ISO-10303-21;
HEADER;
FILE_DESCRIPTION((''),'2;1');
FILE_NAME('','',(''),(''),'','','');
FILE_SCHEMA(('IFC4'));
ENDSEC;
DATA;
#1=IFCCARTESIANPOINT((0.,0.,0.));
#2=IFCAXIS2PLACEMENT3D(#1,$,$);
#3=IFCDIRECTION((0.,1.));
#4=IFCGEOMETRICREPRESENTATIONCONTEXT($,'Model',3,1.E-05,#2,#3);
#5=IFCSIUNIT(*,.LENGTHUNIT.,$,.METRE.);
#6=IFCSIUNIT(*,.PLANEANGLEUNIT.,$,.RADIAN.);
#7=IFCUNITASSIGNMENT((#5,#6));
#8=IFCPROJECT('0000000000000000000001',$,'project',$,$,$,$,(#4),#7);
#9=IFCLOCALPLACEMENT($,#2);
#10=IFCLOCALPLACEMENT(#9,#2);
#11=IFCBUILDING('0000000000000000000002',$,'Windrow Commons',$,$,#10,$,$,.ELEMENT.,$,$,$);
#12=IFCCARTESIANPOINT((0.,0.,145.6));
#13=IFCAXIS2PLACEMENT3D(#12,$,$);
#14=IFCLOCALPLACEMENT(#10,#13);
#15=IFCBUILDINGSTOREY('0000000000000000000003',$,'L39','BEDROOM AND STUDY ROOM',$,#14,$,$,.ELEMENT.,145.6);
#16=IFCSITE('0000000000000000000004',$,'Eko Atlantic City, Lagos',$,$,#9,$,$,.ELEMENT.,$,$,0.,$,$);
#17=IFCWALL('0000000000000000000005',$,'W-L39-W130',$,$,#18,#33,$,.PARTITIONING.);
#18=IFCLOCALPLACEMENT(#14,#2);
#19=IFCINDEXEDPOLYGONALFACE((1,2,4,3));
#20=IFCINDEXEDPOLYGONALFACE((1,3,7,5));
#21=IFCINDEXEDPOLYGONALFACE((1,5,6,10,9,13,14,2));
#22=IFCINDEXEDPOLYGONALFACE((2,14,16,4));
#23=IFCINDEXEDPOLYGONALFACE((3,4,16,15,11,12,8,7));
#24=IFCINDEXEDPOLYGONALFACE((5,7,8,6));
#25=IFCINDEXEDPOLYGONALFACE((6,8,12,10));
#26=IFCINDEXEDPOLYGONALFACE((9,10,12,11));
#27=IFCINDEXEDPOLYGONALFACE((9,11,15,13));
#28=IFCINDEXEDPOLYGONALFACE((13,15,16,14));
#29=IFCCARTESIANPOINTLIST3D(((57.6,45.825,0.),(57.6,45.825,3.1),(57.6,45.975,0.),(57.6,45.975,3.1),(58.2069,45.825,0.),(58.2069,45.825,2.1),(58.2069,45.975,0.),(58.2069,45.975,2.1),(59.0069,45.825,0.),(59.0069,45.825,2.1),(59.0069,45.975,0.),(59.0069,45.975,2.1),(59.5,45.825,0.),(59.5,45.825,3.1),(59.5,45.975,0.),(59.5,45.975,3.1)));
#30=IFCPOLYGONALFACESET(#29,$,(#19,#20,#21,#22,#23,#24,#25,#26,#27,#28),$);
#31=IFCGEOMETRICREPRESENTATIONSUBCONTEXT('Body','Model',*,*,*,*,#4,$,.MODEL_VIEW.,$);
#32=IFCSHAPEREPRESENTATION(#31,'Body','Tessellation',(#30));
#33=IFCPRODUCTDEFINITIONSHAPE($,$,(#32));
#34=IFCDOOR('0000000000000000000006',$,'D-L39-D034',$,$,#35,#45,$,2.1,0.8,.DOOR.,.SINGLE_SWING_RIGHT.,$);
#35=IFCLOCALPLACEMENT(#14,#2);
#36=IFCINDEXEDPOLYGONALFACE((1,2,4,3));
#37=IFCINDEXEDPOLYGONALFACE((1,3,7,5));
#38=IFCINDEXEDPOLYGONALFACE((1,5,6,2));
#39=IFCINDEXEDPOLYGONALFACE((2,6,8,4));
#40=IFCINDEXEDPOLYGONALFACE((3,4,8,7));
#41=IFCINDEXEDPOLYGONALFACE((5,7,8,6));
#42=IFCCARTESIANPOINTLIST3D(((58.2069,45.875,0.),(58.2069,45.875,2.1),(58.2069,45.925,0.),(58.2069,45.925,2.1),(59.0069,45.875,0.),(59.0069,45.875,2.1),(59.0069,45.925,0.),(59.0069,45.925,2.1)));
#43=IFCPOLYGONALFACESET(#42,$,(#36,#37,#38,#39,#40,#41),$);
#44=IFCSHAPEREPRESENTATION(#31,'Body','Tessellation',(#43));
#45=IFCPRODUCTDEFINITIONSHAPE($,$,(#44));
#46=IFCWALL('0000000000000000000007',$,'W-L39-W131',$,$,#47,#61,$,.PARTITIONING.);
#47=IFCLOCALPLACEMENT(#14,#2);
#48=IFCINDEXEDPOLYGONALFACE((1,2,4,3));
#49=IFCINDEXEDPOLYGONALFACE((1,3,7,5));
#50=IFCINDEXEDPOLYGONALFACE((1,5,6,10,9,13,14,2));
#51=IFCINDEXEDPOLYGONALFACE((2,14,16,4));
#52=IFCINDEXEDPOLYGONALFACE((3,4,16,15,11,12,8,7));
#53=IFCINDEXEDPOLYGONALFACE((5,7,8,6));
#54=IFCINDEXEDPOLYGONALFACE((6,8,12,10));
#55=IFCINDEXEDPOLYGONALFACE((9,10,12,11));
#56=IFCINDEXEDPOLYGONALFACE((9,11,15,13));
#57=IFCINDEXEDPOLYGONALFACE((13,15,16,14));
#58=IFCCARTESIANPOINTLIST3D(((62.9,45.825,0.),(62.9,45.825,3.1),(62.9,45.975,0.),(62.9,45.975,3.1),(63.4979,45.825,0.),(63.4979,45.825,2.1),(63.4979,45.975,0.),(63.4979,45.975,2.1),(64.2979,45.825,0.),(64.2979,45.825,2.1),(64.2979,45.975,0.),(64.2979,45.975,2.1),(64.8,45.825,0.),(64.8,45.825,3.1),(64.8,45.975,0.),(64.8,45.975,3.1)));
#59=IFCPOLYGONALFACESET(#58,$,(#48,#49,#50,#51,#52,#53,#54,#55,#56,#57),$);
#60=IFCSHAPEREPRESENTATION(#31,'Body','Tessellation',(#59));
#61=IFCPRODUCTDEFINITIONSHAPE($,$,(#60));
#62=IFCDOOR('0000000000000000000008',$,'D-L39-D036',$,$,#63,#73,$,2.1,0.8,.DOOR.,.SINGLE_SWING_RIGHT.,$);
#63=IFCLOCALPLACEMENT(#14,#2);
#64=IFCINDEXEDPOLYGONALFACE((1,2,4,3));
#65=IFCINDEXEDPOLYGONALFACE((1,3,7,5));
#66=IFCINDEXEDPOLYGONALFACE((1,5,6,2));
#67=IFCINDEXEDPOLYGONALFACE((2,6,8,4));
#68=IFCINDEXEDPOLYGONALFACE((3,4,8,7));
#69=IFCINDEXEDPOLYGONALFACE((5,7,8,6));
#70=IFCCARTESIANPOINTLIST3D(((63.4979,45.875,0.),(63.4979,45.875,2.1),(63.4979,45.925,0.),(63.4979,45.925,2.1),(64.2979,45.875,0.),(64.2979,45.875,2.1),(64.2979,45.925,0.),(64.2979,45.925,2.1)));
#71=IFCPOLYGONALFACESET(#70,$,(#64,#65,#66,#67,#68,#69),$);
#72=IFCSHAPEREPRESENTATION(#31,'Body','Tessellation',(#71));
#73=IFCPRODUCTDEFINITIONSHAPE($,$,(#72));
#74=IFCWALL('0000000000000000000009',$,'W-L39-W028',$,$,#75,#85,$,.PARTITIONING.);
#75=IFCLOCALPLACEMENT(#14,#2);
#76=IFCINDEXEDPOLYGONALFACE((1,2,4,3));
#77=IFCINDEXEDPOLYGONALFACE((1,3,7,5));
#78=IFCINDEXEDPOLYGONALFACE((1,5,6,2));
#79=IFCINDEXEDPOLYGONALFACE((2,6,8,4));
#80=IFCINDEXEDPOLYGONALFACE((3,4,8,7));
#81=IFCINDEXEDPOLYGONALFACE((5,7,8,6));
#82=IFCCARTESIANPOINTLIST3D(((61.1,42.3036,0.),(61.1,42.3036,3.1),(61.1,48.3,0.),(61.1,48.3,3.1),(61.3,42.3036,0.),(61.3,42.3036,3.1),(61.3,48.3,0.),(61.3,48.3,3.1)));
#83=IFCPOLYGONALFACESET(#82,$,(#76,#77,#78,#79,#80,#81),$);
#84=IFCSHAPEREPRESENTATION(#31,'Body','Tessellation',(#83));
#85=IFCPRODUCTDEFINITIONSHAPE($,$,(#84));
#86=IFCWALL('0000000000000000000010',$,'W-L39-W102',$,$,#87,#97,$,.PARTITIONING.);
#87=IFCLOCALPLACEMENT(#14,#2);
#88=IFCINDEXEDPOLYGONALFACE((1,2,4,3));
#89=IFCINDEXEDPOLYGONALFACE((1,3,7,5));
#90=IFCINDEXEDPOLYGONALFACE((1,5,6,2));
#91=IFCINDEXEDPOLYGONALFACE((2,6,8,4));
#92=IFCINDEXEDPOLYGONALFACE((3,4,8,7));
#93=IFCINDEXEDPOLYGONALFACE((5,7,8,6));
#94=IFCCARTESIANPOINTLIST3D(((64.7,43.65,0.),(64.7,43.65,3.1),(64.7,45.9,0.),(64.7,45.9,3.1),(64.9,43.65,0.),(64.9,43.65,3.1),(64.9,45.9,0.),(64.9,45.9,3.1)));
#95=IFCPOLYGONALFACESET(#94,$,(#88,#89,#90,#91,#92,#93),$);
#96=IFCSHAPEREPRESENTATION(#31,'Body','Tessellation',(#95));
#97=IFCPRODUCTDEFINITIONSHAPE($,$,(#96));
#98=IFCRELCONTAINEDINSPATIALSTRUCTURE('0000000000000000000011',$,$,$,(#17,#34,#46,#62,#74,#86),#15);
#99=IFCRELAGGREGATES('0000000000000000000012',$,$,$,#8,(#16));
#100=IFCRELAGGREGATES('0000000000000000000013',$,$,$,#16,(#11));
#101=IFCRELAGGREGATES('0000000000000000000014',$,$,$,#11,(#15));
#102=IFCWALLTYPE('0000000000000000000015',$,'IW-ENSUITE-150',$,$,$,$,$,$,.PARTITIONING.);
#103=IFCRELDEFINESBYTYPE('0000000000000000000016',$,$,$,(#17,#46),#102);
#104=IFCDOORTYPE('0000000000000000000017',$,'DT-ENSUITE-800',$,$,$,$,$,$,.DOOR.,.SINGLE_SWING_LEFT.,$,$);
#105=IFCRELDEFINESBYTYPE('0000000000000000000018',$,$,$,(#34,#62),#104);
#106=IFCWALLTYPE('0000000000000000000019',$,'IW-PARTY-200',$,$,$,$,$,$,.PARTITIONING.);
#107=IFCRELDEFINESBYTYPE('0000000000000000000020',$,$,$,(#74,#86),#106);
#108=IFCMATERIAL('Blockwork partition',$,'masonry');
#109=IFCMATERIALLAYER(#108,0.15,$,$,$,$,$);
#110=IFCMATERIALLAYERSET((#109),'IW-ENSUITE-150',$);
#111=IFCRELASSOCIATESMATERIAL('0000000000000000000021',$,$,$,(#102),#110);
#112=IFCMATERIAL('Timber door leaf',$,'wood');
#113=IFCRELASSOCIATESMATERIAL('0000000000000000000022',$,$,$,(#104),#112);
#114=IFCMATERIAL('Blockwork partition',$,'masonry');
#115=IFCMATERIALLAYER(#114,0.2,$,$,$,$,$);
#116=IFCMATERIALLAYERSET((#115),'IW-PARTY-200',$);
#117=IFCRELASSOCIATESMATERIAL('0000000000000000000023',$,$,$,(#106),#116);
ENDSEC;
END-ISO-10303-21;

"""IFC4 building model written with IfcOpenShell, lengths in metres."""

from ifc_helpers import new_model, si_unit, direction, frame, frame_2d, origin, place, context, subcontext, project, spatial, rectangle, extrude, material, layer, layer_set, type_object, element, fill, save


model = new_model("IFC4")

# Units and contexts
model_context = context("Model", 3, precision=1e-05, world=origin(), true_north=direction((0.0, 1.0)))
body_context = subcontext(model_context, "Body", "Model", "MODEL_VIEW")
ifc_project = project(units=[si_unit("LENGTHUNIT", "METRE"), si_unit("PLANEANGLEUNIT", "RADIAN")], contexts=[model_context])

# Site, building, storey
site_placement = place(None, origin())
site = spatial("IfcSite", under=ifc_project, at=site_placement, Name="Eko Atlantic City, Lagos", CompositionType="ELEMENT", RefElevation=0.0)
building_placement = place(site_placement, origin())
building = spatial("IfcBuilding", under=site, at=building_placement, Name="Windrow Commons", CompositionType="ELEMENT")
storey_placement = place(building_placement, frame((0.0, 0.0, 145.6)))
storey = spatial("IfcBuildingStorey", under=building, at=storey_placement, Name="L39", Description="BEDROOM AND STUDY ROOM", CompositionType="ELEMENT", Elevation=145.6)

# Shared definitions
ifc_material_1 = material(Name="Blockwork partition", Category="masonry")
ifc_layer_1 = layer(ifc_material_1, 0.15)
ifc_layer_set_1 = layer_set([ifc_layer_1], Name="IW-ENSUITE-150")
wall_type_1 = type_object("IfcWallType", Name="IW-ENSUITE-150", PredefinedType="PARTITIONING", material=ifc_layer_set_1)

# Walls, openings, doors
wall_1_placement = place(storey_placement, frame((57.6, 45.9, 0.0), z_axis=(0.0, 0.0, 1.0), x_axis=(1.0, 0.0, 0.0)))
wall_1 = element("IfcWall", 1, at=wall_1_placement, inside=storey, type_object=wall_type_1, Name="W-L39-W130", PredefinedType="PARTITIONING", context=body_context, shape_type="SweptSolid", body=[
    extrude(rectangle(XDim=1.9, YDim=0.15, at=frame_2d((0.95, 0.0))), origin(), (0.0, 0.0, 1.0), 3.1),
])
opening_1_placement = place(wall_1_placement, frame((0.6069, 0.0, 0.0)))
opening_1 = element("IfcOpeningElement", 2, at=opening_1_placement, cuts=wall_1, PredefinedType="OPENING", context=body_context, shape_type="SweptSolid", body=[
    extrude(rectangle(XDim=0.8, YDim=2.1, at=frame_2d((0.4, 1.05))), frame((0.0, 0.085, 0.0), z_axis=(0.0, -1.0, 0.0), x_axis=(1.0, 0.0, 0.0)), (0.0, 0.0, 1.0), 0.17),
])
ifc_material_2 = material(Name="Timber door leaf", Category="wood")
door_type = type_object("IfcDoorType", Name="DT-ENSUITE-800", OperationType="SINGLE_SWING_LEFT", PredefinedType="DOOR", material=ifc_material_2)
door_1_placement = place(opening_1_placement, origin())
door_1 = element("IfcDoor", 3, at=door_1_placement, inside=storey, type_object=door_type, Name="D-L39-D034", OperationType="SINGLE_SWING_RIGHT", OverallHeight=2.1, OverallWidth=0.8, PredefinedType="DOOR", context=body_context, shape_type="SweptSolid", body=[
    extrude(rectangle(XDim=0.8, YDim=2.1, at=frame_2d((0.4, 1.05))), frame((0.0, 0.025, 0.0), z_axis=(0.0, -1.0, 0.0), x_axis=(1.0, 0.0, 0.0)), (0.0, 0.0, 1.0), 0.05),
])
fill(opening_1, door_1)
wall_2_placement = place(storey_placement, frame((62.9, 45.9, 0.0), z_axis=(0.0, 0.0, 1.0), x_axis=(1.0, 0.0, 0.0)))
wall_2 = element("IfcWall", 4, at=wall_2_placement, inside=storey, type_object=wall_type_1, Name="W-L39-W131", PredefinedType="PARTITIONING", context=body_context, shape_type="SweptSolid", body=[
    extrude(rectangle(XDim=1.9, YDim=0.15, at=frame_2d((0.95, 0.0))), origin(), (0.0, 0.0, 1.0), 3.1),
])
opening_2_placement = place(wall_2_placement, frame((0.5979, 0.0, 0.0)))
opening_2 = element("IfcOpeningElement", 5, at=opening_2_placement, cuts=wall_2, PredefinedType="OPENING", context=body_context, shape_type="SweptSolid", body=[
    extrude(rectangle(XDim=0.8, YDim=2.1, at=frame_2d((0.4, 1.05))), frame((0.0, 0.085, 0.0), z_axis=(0.0, -1.0, 0.0), x_axis=(1.0, 0.0, 0.0)), (0.0, 0.0, 1.0), 0.17),
])
door_2_placement = place(opening_2_placement, origin())
door_2 = element("IfcDoor", 6, at=door_2_placement, inside=storey, type_object=door_type, Name="D-L39-D036", OperationType="SINGLE_SWING_RIGHT", OverallHeight=2.1, OverallWidth=0.8, PredefinedType="DOOR", context=body_context, shape_type="SweptSolid", body=[
    extrude(rectangle(XDim=0.8, YDim=2.1, at=frame_2d((0.4, 1.05))), frame((0.0, 0.025, 0.0), z_axis=(0.0, -1.0, 0.0), x_axis=(1.0, 0.0, 0.0)), (0.0, 0.0, 1.0), 0.05),
])
fill(opening_2, door_2)

# Walls
ifc_material_3 = material(Name="Blockwork partition", Category="masonry")
ifc_layer_2 = layer(ifc_material_3, 0.2)
ifc_layer_set_2 = layer_set([ifc_layer_2], Name="IW-PARTY-200")
wall_type_2 = type_object("IfcWallType", Name="IW-PARTY-200", PredefinedType="PARTITIONING", material=ifc_layer_set_2)
wall_3_placement = place(storey_placement, frame((61.2, 42.3036, 0.0), z_axis=(0.0, 0.0, 1.0), x_axis=(0.0, 1.0, 0.0)))
element("IfcWall", 7, at=wall_3_placement, inside=storey, type_object=wall_type_2, Name="W-L39-W028", PredefinedType="PARTITIONING", context=body_context, shape_type="SweptSolid", body=[
    extrude(rectangle(XDim=5.9964, YDim=0.2, at=frame_2d((2.9982, 0.0))), origin(), (0.0, 0.0, 1.0), 3.1),
])
wall_4_placement = place(storey_placement, frame((64.8, 43.65, 0.0), z_axis=(0.0, 0.0, 1.0), x_axis=(0.0, 1.0, 0.0)))
element("IfcWall", 8, at=wall_4_placement, inside=storey, type_object=wall_type_2, Name="W-L39-W102", PredefinedType="PARTITIONING", context=body_context, shape_type="SweptSolid", body=[
    extrude(rectangle(XDim=2.25, YDim=0.2, at=frame_2d((1.125, 0.0))), origin(), (0.0, 0.0, 1.0), 3.1),
])

save(model, "model.ifc")
